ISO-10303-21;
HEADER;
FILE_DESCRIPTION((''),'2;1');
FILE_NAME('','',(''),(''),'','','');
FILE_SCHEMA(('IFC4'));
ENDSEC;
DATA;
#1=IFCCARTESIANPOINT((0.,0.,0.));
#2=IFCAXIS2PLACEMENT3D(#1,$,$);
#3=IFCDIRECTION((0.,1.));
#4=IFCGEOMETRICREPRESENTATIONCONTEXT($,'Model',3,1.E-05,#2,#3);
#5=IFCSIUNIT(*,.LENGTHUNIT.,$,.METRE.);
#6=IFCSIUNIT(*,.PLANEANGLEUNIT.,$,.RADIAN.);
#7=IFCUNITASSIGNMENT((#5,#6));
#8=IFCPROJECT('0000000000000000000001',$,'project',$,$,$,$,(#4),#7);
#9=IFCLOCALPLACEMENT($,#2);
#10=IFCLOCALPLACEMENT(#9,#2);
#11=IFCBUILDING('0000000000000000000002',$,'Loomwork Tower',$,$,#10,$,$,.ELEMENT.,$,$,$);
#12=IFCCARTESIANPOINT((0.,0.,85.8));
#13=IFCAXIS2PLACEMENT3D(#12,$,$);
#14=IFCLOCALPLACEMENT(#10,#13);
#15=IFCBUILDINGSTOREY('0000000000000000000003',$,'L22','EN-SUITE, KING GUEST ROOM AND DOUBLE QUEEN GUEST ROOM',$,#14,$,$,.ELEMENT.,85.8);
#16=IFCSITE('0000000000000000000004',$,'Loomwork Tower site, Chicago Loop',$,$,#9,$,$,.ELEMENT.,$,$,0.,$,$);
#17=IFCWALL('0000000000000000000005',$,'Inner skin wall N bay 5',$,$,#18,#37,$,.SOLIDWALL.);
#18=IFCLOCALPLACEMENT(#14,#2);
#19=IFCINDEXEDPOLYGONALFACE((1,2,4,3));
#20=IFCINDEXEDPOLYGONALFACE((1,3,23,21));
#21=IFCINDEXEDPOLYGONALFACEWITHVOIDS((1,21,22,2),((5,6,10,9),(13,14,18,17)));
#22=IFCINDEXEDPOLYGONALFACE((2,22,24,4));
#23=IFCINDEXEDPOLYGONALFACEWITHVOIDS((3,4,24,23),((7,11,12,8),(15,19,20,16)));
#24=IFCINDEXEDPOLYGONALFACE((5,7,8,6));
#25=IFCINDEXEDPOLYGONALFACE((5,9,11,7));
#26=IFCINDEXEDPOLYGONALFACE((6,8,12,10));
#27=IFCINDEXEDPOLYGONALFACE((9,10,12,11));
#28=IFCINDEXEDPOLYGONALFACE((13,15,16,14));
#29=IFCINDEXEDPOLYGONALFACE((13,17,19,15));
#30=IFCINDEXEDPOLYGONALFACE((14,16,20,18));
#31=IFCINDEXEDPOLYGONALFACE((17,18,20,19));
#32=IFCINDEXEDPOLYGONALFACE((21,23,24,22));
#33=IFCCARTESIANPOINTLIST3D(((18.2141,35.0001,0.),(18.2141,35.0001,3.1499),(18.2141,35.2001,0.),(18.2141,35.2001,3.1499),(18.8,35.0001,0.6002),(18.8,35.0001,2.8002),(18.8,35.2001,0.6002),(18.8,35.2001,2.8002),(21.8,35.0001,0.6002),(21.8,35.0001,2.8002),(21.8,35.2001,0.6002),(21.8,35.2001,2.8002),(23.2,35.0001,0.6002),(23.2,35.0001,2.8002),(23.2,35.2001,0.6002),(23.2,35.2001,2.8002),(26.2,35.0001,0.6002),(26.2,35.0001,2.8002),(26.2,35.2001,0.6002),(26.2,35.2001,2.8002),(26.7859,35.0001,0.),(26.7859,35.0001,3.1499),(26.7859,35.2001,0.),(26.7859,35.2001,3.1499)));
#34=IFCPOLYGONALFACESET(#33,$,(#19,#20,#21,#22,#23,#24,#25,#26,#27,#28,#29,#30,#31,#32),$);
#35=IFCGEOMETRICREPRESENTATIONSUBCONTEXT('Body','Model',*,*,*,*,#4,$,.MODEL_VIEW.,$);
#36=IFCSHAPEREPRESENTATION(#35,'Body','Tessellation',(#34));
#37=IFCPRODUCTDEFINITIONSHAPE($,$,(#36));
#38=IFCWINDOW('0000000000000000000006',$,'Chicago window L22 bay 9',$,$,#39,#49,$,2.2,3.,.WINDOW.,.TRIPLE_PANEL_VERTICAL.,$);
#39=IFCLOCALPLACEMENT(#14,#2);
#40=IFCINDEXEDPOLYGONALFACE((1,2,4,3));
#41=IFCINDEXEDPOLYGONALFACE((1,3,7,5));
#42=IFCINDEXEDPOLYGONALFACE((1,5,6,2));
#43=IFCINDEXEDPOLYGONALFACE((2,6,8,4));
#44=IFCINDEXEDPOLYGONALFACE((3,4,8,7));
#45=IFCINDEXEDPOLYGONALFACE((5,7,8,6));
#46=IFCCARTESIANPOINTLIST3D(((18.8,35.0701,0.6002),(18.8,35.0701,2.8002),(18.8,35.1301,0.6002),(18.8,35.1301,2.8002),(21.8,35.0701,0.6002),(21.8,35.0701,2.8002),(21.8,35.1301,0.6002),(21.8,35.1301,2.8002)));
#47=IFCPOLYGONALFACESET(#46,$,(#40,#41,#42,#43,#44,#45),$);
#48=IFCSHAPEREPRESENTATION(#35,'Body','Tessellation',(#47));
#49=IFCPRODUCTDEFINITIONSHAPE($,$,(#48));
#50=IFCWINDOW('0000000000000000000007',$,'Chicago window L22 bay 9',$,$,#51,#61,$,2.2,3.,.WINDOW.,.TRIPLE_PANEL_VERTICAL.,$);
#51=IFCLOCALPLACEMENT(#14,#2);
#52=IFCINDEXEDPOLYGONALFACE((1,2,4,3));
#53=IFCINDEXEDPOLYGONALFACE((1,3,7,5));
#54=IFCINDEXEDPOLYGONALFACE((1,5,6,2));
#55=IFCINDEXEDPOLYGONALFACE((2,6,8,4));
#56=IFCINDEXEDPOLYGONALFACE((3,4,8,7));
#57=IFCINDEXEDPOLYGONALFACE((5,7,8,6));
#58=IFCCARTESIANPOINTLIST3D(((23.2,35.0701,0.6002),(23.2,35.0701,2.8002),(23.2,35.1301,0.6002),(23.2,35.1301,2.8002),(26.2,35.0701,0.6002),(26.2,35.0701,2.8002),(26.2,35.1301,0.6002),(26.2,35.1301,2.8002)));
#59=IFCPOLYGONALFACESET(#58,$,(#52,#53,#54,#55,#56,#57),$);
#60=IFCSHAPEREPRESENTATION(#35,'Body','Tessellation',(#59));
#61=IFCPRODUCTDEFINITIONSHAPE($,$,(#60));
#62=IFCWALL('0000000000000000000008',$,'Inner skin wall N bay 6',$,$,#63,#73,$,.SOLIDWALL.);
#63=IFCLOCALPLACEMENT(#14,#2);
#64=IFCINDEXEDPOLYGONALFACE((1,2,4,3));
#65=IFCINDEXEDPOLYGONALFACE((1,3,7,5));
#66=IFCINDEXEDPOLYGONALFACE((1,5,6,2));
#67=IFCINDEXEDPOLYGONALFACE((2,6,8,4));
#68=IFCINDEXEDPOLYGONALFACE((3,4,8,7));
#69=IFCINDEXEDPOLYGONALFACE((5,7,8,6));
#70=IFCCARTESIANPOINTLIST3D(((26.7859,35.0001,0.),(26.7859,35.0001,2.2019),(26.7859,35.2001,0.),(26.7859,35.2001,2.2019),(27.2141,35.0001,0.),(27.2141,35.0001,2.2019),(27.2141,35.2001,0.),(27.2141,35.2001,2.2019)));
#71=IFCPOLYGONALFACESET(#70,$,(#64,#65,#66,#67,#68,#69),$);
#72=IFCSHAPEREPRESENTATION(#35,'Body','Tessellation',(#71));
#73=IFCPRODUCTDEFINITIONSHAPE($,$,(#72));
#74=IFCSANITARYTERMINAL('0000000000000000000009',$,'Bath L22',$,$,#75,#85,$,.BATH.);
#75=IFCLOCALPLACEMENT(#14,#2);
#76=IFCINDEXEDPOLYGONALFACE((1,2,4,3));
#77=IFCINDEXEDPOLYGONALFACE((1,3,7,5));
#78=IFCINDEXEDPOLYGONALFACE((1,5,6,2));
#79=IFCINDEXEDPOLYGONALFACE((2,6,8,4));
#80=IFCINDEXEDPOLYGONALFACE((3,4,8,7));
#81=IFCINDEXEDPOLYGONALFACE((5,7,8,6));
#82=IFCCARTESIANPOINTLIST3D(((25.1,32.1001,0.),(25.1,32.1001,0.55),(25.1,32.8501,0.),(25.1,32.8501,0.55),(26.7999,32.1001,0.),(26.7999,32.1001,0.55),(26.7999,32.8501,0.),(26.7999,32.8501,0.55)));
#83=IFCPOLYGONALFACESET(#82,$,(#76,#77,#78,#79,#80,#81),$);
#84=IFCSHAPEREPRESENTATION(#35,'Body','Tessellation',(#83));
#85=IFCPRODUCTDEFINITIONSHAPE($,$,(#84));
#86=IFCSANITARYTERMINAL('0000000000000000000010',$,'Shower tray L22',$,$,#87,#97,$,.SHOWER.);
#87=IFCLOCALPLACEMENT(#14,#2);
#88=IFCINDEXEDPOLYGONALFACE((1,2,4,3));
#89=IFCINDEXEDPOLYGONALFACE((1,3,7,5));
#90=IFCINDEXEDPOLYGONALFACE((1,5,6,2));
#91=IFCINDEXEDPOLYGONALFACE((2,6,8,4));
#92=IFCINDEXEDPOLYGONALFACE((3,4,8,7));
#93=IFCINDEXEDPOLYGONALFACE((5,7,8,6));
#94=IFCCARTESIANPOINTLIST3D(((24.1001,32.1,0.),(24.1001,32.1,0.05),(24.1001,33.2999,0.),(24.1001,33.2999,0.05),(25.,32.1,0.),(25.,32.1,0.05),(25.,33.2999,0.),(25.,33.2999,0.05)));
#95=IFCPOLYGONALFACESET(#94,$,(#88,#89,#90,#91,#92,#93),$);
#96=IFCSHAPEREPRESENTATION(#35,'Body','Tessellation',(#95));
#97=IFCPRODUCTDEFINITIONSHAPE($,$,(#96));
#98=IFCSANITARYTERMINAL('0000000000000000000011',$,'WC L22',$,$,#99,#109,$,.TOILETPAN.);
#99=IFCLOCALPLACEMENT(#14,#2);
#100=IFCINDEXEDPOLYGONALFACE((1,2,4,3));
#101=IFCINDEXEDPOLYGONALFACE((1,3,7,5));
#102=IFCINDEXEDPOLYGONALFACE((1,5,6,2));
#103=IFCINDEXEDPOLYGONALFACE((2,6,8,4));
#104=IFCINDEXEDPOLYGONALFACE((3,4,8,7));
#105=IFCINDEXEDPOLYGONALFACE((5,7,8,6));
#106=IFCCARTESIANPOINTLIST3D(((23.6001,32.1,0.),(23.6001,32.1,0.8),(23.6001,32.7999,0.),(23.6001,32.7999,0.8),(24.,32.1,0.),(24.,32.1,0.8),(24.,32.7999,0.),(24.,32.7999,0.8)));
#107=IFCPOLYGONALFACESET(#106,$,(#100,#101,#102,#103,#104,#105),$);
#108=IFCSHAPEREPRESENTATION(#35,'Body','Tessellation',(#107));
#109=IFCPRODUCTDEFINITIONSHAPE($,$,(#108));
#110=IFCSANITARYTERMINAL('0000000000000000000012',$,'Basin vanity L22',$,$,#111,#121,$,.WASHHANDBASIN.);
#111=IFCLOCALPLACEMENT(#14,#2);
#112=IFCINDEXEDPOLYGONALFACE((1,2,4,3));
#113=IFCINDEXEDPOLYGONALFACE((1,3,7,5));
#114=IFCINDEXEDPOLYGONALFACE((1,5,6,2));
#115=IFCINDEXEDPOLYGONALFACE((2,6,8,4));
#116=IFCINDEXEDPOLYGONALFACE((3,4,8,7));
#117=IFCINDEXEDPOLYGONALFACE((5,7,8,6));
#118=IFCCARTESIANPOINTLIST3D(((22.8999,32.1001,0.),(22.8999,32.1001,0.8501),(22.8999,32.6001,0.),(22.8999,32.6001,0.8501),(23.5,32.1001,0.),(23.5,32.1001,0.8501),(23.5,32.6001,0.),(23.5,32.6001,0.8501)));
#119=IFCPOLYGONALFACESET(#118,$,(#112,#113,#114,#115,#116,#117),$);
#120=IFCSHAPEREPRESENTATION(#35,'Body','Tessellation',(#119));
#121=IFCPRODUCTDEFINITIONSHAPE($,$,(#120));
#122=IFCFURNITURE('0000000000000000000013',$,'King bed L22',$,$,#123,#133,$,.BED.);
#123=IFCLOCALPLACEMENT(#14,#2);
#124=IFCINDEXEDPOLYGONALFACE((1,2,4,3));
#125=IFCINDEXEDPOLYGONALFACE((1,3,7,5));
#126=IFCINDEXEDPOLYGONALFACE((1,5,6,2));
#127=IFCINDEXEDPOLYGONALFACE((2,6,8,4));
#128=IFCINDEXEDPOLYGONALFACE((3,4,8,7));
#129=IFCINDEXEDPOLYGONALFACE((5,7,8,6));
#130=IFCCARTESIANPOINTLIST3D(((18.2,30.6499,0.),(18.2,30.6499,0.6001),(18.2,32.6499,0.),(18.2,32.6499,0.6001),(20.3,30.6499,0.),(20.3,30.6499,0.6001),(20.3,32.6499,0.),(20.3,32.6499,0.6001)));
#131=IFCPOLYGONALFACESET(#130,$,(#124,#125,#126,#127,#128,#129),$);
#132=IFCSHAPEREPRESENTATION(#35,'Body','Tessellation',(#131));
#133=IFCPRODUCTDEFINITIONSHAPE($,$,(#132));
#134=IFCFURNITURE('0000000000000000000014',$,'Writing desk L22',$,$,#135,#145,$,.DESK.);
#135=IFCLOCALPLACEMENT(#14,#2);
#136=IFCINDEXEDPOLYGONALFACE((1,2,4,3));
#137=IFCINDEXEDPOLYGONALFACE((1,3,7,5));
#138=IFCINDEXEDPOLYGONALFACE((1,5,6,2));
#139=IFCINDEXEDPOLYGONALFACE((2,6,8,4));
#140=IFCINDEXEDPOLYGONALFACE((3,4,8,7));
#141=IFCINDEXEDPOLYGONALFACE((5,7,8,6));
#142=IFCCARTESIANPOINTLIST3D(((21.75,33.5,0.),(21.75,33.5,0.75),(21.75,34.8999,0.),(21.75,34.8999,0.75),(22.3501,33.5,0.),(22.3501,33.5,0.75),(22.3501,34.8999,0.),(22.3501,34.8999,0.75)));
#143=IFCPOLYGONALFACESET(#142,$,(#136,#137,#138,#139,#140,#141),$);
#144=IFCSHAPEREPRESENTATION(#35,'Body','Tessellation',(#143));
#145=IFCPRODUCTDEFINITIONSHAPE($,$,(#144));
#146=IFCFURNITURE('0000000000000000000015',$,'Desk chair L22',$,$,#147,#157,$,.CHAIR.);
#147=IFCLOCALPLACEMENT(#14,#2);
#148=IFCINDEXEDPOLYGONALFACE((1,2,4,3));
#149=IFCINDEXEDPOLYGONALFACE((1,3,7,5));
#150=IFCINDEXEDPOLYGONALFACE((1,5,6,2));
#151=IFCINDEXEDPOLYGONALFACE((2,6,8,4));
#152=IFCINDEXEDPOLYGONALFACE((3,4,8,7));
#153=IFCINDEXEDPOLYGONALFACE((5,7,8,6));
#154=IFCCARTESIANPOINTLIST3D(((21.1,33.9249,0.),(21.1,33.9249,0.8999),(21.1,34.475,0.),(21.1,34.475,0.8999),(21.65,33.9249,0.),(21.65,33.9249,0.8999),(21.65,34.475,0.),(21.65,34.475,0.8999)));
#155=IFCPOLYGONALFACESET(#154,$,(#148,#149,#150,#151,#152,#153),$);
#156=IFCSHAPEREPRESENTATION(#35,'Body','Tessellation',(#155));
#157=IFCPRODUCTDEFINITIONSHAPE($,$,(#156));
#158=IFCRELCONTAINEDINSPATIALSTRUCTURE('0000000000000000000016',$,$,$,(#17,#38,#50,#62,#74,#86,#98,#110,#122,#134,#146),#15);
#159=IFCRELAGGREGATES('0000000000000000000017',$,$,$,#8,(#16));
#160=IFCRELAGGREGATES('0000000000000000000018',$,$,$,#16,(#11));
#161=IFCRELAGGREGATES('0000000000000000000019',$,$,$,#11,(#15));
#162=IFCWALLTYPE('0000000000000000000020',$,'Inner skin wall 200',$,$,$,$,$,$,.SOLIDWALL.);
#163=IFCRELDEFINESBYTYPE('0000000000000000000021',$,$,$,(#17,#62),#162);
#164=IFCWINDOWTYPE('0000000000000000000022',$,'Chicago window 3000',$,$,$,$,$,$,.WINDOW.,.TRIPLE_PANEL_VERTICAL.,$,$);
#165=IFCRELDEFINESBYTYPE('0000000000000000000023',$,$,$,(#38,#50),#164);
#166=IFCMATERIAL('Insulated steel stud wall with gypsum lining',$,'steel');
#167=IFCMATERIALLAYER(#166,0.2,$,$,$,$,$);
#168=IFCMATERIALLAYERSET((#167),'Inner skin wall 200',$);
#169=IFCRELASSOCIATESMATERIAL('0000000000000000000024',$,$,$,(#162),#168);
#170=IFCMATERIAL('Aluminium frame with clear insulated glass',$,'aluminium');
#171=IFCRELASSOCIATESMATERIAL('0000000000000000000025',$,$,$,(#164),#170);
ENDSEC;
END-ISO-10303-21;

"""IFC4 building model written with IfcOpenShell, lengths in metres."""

from ifc_helpers import new_model, si_unit, direction, frame, frame_2d, origin, origin_2d, place, context, subcontext, project, spatial, rectangle, extrude, material, layer, layer_set, type_object, element, fill, save


model = new_model("IFC4")

# Units and contexts
model_context = context("Model", 3, precision=1e-05, world=origin(), true_north=direction((0.0, 1.0)))
body_context = subcontext(model_context, "Body", "Model", "MODEL_VIEW")
ifc_project = project(units=[si_unit("LENGTHUNIT", "METRE"), si_unit("PLANEANGLEUNIT", "RADIAN")], contexts=[model_context])

# Site, building, storey
site_placement = place(None, origin())
site = spatial("IfcSite", under=ifc_project, at=site_placement, Name="Loomwork Tower site, Chicago Loop", CompositionType="ELEMENT", RefElevation=0.0)
building_placement = place(site_placement, origin())
building = spatial("IfcBuilding", under=site, at=building_placement, Name="Loomwork Tower", CompositionType="ELEMENT")
storey_placement = place(building_placement, frame((0.0, 0.0, 85.8)))
storey = spatial("IfcBuildingStorey", under=building, at=storey_placement, Name="L22", Description="EN-SUITE, KING GUEST ROOM AND DOUBLE QUEEN GUEST ROOM", CompositionType="ELEMENT", Elevation=85.8)

# Wall, openings, windows
ifc_material_1 = material(Name="Insulated steel stud wall with gypsum lining", Category="steel")
ifc_layer_1 = layer(ifc_material_1, 0.2)
ifc_layer_set_1 = layer_set([ifc_layer_1], Name="Inner skin wall 200")
wall_type_1 = type_object("IfcWallType", Name="Inner skin wall 200", PredefinedType="SOLIDWALL", material=ifc_layer_set_1)
wall_1_placement = place(storey_placement, frame((18.2141, 35.1001, 0.0), z_axis=(0.0, 0.0, 1.0), x_axis=(1.0, 0.0, 0.0)))
wall_1 = element("IfcWall", 1, at=wall_1_placement, inside=storey, type_object=wall_type_1, Name="Inner skin wall N bay 5", PredefinedType="SOLIDWALL", context=body_context, shape_type="SweptSolid", body=[
    extrude(rectangle(XDim=8.5718, YDim=0.2, at=frame_2d((4.2859, 0.0))), origin(), (0.0, 0.0, 1.0), 3.1499),
])
opening_1_placement = place(wall_1_placement, frame((0.5859, 0.0, 0.6001)))
opening_1 = element("IfcOpeningElement", 2, at=opening_1_placement, cuts=wall_1, PredefinedType="OPENING", context=body_context, shape_type="SweptSolid", body=[
    extrude(rectangle(XDim=3.0, YDim=2.2, at=frame_2d((1.5, 1.1001))), frame((0.0, 0.1099, 0.0), z_axis=(0.0, -1.0, 0.0), x_axis=(1.0, 0.0, 0.0)), (0.0, 0.0, 1.0), 0.22),
])
opening_2_placement = place(wall_1_placement, frame((4.9858, 0.0, 0.6001)))
opening_2 = element("IfcOpeningElement", 3, at=opening_2_placement, cuts=wall_1, PredefinedType="OPENING", context=body_context, shape_type="SweptSolid", body=[
    extrude(rectangle(XDim=3.0, YDim=2.2, at=frame_2d((1.5, 1.1001))), frame((0.0, 0.1099, 0.0), z_axis=(0.0, -1.0, 0.0), x_axis=(1.0, 0.0, 0.0)), (0.0, 0.0, 1.0), 0.22),
])
ifc_material_2 = material(Name="Aluminium frame with clear insulated glass", Category="aluminium")
window_type = type_object("IfcWindowType", Name="Chicago window 3000", PartitioningType="TRIPLE_PANEL_VERTICAL", PredefinedType="WINDOW", material=ifc_material_2)
window_1_placement = place(opening_1_placement, origin())
window_1 = element("IfcWindow", 4, at=window_1_placement, inside=storey, type_object=window_type, Name="Chicago window L22 bay 9", OverallHeight=2.2, OverallWidth=3.0, PartitioningType="TRIPLE_PANEL_VERTICAL", PredefinedType="WINDOW", context=body_context, shape_type="SweptSolid", body=[
    extrude(rectangle(XDim=3.0, YDim=2.2, at=frame_2d((1.5, 1.1001))), frame((0.0, 0.03, 0.0), z_axis=(0.0, -1.0, 0.0), x_axis=(1.0, 0.0, 0.0)), (0.0, 0.0, 1.0), 0.0601),
])
fill(opening_1, window_1)
window_2_placement = place(opening_2_placement, origin())
window_2 = element("IfcWindow", 5, at=window_2_placement, inside=storey, type_object=window_type, Name="Chicago window L22 bay 9", OverallHeight=2.2, OverallWidth=3.0, PartitioningType="TRIPLE_PANEL_VERTICAL", PredefinedType="WINDOW", context=body_context, shape_type="SweptSolid", body=[
    extrude(rectangle(XDim=3.0, YDim=2.2, at=frame_2d((1.5, 1.1001))), frame((0.0, 0.03, 0.0), z_axis=(0.0, -1.0, 0.0), x_axis=(1.0, 0.0, 0.0)), (0.0, 0.0, 1.0), 0.0601),
])
fill(opening_2, window_2)

# Wall
wall_2_placement = place(storey_placement, frame((26.7859, 35.1001, 0.0), z_axis=(0.0, 0.0, 1.0), x_axis=(1.0, 0.0, 0.0)))
element("IfcWall", 6, at=wall_2_placement, inside=storey, type_object=wall_type_1, Name="Inner skin wall N bay 6", PredefinedType="SOLIDWALL", context=body_context, shape_type="SweptSolid", body=[
    extrude(rectangle(XDim=0.4282, YDim=0.2, at=frame_2d((0.2141, 0.0))), origin(), (0.0, 0.0, 1.0), 2.2019),
])

# Sanitary terminals
sanitary_terminal_1_placement = place(storey_placement, frame((25.95, 32.4751, 0.0), z_axis=(0.0, 0.0, 1.0), x_axis=(1.0, 0.0, 0.0)))
element("IfcSanitaryTerminal", 7, at=sanitary_terminal_1_placement, inside=storey, Name="Bath L22", PredefinedType="BATH", context=body_context, shape_type="SweptSolid", body=[
    extrude(rectangle(XDim=1.7, YDim=0.75, at=origin_2d()), origin(), (0.0, 0.0, 1.0), 0.55),
])
sanitary_terminal_2_placement = place(storey_placement, frame((24.55, 32.7, 0.0), z_axis=(0.0, 0.0, 1.0), x_axis=(1.0, 0.0, 0.0)))
element("IfcSanitaryTerminal", 8, at=sanitary_terminal_2_placement, inside=storey, Name="Shower tray L22", PredefinedType="SHOWER", context=body_context, shape_type="SweptSolid", body=[
    extrude(rectangle(XDim=0.8999, YDim=1.2, at=origin_2d()), origin(), (0.0, 0.0, 1.0), 0.05),
])
sanitary_terminal_3_placement = place(storey_placement, frame((23.8, 32.45, 0.0), z_axis=(0.0, 0.0, 1.0), x_axis=(1.0, 0.0, 0.0)))
element("IfcSanitaryTerminal", 9, at=sanitary_terminal_3_placement, inside=storey, Name="WC L22", PredefinedType="TOILETPAN", context=body_context, shape_type="SweptSolid", body=[
    extrude(rectangle(XDim=0.3999, YDim=0.7, at=origin_2d()), origin(), (0.0, 0.0, 1.0), 0.8),
])
sanitary_terminal_4_placement = place(storey_placement, frame((23.2, 32.3501, 0.0), z_axis=(0.0, 0.0, 1.0), x_axis=(1.0, 0.0, 0.0)))
element("IfcSanitaryTerminal", 10, at=sanitary_terminal_4_placement, inside=storey, Name="Basin vanity L22", PredefinedType="WASHHANDBASIN", context=body_context, shape_type="SweptSolid", body=[
    extrude(rectangle(XDim=0.6001, YDim=0.5, at=origin_2d()), origin(), (0.0, 0.0, 1.0), 0.8501),
])

# Furniture
furniture_1_placement = place(storey_placement, frame((19.25, 31.6499, 0.0), z_axis=(0.0, 0.0, 1.0), x_axis=(1.0, 0.0, 0.0)))
element("IfcFurniture", 11, at=furniture_1_placement, inside=storey, Name="King bed L22", PredefinedType="BED", context=body_context, shape_type="SweptSolid", body=[
    extrude(rectangle(XDim=2.1001, YDim=2.0, at=origin_2d()), origin(), (0.0, 0.0, 1.0), 0.6001),
])
furniture_2_placement = place(storey_placement, frame((22.05, 34.2, 0.0), z_axis=(0.0, 0.0, 1.0), x_axis=(1.0, 0.0, 0.0)))
element("IfcFurniture", 12, at=furniture_2_placement, inside=storey, Name="Writing desk L22", PredefinedType="DESK", context=body_context, shape_type="SweptSolid", body=[
    extrude(rectangle(XDim=0.6001, YDim=1.3999, at=origin_2d()), origin(), (0.0, 0.0, 1.0), 0.75),
])
furniture_3_placement = place(storey_placement, frame((21.375, 34.2, 0.0), z_axis=(0.0, 0.0, 1.0), x_axis=(1.0, 0.0, 0.0)))
element("IfcFurniture", 13, at=furniture_3_placement, inside=storey, Name="Desk chair L22", PredefinedType="CHAIR", context=body_context, shape_type="SweptSolid", body=[
    extrude(rectangle(XDim=0.55, YDim=0.55, at=origin_2d()), origin(), (0.0, 0.0, 1.0), 0.8999),
])

save(model, "model.ifc")
